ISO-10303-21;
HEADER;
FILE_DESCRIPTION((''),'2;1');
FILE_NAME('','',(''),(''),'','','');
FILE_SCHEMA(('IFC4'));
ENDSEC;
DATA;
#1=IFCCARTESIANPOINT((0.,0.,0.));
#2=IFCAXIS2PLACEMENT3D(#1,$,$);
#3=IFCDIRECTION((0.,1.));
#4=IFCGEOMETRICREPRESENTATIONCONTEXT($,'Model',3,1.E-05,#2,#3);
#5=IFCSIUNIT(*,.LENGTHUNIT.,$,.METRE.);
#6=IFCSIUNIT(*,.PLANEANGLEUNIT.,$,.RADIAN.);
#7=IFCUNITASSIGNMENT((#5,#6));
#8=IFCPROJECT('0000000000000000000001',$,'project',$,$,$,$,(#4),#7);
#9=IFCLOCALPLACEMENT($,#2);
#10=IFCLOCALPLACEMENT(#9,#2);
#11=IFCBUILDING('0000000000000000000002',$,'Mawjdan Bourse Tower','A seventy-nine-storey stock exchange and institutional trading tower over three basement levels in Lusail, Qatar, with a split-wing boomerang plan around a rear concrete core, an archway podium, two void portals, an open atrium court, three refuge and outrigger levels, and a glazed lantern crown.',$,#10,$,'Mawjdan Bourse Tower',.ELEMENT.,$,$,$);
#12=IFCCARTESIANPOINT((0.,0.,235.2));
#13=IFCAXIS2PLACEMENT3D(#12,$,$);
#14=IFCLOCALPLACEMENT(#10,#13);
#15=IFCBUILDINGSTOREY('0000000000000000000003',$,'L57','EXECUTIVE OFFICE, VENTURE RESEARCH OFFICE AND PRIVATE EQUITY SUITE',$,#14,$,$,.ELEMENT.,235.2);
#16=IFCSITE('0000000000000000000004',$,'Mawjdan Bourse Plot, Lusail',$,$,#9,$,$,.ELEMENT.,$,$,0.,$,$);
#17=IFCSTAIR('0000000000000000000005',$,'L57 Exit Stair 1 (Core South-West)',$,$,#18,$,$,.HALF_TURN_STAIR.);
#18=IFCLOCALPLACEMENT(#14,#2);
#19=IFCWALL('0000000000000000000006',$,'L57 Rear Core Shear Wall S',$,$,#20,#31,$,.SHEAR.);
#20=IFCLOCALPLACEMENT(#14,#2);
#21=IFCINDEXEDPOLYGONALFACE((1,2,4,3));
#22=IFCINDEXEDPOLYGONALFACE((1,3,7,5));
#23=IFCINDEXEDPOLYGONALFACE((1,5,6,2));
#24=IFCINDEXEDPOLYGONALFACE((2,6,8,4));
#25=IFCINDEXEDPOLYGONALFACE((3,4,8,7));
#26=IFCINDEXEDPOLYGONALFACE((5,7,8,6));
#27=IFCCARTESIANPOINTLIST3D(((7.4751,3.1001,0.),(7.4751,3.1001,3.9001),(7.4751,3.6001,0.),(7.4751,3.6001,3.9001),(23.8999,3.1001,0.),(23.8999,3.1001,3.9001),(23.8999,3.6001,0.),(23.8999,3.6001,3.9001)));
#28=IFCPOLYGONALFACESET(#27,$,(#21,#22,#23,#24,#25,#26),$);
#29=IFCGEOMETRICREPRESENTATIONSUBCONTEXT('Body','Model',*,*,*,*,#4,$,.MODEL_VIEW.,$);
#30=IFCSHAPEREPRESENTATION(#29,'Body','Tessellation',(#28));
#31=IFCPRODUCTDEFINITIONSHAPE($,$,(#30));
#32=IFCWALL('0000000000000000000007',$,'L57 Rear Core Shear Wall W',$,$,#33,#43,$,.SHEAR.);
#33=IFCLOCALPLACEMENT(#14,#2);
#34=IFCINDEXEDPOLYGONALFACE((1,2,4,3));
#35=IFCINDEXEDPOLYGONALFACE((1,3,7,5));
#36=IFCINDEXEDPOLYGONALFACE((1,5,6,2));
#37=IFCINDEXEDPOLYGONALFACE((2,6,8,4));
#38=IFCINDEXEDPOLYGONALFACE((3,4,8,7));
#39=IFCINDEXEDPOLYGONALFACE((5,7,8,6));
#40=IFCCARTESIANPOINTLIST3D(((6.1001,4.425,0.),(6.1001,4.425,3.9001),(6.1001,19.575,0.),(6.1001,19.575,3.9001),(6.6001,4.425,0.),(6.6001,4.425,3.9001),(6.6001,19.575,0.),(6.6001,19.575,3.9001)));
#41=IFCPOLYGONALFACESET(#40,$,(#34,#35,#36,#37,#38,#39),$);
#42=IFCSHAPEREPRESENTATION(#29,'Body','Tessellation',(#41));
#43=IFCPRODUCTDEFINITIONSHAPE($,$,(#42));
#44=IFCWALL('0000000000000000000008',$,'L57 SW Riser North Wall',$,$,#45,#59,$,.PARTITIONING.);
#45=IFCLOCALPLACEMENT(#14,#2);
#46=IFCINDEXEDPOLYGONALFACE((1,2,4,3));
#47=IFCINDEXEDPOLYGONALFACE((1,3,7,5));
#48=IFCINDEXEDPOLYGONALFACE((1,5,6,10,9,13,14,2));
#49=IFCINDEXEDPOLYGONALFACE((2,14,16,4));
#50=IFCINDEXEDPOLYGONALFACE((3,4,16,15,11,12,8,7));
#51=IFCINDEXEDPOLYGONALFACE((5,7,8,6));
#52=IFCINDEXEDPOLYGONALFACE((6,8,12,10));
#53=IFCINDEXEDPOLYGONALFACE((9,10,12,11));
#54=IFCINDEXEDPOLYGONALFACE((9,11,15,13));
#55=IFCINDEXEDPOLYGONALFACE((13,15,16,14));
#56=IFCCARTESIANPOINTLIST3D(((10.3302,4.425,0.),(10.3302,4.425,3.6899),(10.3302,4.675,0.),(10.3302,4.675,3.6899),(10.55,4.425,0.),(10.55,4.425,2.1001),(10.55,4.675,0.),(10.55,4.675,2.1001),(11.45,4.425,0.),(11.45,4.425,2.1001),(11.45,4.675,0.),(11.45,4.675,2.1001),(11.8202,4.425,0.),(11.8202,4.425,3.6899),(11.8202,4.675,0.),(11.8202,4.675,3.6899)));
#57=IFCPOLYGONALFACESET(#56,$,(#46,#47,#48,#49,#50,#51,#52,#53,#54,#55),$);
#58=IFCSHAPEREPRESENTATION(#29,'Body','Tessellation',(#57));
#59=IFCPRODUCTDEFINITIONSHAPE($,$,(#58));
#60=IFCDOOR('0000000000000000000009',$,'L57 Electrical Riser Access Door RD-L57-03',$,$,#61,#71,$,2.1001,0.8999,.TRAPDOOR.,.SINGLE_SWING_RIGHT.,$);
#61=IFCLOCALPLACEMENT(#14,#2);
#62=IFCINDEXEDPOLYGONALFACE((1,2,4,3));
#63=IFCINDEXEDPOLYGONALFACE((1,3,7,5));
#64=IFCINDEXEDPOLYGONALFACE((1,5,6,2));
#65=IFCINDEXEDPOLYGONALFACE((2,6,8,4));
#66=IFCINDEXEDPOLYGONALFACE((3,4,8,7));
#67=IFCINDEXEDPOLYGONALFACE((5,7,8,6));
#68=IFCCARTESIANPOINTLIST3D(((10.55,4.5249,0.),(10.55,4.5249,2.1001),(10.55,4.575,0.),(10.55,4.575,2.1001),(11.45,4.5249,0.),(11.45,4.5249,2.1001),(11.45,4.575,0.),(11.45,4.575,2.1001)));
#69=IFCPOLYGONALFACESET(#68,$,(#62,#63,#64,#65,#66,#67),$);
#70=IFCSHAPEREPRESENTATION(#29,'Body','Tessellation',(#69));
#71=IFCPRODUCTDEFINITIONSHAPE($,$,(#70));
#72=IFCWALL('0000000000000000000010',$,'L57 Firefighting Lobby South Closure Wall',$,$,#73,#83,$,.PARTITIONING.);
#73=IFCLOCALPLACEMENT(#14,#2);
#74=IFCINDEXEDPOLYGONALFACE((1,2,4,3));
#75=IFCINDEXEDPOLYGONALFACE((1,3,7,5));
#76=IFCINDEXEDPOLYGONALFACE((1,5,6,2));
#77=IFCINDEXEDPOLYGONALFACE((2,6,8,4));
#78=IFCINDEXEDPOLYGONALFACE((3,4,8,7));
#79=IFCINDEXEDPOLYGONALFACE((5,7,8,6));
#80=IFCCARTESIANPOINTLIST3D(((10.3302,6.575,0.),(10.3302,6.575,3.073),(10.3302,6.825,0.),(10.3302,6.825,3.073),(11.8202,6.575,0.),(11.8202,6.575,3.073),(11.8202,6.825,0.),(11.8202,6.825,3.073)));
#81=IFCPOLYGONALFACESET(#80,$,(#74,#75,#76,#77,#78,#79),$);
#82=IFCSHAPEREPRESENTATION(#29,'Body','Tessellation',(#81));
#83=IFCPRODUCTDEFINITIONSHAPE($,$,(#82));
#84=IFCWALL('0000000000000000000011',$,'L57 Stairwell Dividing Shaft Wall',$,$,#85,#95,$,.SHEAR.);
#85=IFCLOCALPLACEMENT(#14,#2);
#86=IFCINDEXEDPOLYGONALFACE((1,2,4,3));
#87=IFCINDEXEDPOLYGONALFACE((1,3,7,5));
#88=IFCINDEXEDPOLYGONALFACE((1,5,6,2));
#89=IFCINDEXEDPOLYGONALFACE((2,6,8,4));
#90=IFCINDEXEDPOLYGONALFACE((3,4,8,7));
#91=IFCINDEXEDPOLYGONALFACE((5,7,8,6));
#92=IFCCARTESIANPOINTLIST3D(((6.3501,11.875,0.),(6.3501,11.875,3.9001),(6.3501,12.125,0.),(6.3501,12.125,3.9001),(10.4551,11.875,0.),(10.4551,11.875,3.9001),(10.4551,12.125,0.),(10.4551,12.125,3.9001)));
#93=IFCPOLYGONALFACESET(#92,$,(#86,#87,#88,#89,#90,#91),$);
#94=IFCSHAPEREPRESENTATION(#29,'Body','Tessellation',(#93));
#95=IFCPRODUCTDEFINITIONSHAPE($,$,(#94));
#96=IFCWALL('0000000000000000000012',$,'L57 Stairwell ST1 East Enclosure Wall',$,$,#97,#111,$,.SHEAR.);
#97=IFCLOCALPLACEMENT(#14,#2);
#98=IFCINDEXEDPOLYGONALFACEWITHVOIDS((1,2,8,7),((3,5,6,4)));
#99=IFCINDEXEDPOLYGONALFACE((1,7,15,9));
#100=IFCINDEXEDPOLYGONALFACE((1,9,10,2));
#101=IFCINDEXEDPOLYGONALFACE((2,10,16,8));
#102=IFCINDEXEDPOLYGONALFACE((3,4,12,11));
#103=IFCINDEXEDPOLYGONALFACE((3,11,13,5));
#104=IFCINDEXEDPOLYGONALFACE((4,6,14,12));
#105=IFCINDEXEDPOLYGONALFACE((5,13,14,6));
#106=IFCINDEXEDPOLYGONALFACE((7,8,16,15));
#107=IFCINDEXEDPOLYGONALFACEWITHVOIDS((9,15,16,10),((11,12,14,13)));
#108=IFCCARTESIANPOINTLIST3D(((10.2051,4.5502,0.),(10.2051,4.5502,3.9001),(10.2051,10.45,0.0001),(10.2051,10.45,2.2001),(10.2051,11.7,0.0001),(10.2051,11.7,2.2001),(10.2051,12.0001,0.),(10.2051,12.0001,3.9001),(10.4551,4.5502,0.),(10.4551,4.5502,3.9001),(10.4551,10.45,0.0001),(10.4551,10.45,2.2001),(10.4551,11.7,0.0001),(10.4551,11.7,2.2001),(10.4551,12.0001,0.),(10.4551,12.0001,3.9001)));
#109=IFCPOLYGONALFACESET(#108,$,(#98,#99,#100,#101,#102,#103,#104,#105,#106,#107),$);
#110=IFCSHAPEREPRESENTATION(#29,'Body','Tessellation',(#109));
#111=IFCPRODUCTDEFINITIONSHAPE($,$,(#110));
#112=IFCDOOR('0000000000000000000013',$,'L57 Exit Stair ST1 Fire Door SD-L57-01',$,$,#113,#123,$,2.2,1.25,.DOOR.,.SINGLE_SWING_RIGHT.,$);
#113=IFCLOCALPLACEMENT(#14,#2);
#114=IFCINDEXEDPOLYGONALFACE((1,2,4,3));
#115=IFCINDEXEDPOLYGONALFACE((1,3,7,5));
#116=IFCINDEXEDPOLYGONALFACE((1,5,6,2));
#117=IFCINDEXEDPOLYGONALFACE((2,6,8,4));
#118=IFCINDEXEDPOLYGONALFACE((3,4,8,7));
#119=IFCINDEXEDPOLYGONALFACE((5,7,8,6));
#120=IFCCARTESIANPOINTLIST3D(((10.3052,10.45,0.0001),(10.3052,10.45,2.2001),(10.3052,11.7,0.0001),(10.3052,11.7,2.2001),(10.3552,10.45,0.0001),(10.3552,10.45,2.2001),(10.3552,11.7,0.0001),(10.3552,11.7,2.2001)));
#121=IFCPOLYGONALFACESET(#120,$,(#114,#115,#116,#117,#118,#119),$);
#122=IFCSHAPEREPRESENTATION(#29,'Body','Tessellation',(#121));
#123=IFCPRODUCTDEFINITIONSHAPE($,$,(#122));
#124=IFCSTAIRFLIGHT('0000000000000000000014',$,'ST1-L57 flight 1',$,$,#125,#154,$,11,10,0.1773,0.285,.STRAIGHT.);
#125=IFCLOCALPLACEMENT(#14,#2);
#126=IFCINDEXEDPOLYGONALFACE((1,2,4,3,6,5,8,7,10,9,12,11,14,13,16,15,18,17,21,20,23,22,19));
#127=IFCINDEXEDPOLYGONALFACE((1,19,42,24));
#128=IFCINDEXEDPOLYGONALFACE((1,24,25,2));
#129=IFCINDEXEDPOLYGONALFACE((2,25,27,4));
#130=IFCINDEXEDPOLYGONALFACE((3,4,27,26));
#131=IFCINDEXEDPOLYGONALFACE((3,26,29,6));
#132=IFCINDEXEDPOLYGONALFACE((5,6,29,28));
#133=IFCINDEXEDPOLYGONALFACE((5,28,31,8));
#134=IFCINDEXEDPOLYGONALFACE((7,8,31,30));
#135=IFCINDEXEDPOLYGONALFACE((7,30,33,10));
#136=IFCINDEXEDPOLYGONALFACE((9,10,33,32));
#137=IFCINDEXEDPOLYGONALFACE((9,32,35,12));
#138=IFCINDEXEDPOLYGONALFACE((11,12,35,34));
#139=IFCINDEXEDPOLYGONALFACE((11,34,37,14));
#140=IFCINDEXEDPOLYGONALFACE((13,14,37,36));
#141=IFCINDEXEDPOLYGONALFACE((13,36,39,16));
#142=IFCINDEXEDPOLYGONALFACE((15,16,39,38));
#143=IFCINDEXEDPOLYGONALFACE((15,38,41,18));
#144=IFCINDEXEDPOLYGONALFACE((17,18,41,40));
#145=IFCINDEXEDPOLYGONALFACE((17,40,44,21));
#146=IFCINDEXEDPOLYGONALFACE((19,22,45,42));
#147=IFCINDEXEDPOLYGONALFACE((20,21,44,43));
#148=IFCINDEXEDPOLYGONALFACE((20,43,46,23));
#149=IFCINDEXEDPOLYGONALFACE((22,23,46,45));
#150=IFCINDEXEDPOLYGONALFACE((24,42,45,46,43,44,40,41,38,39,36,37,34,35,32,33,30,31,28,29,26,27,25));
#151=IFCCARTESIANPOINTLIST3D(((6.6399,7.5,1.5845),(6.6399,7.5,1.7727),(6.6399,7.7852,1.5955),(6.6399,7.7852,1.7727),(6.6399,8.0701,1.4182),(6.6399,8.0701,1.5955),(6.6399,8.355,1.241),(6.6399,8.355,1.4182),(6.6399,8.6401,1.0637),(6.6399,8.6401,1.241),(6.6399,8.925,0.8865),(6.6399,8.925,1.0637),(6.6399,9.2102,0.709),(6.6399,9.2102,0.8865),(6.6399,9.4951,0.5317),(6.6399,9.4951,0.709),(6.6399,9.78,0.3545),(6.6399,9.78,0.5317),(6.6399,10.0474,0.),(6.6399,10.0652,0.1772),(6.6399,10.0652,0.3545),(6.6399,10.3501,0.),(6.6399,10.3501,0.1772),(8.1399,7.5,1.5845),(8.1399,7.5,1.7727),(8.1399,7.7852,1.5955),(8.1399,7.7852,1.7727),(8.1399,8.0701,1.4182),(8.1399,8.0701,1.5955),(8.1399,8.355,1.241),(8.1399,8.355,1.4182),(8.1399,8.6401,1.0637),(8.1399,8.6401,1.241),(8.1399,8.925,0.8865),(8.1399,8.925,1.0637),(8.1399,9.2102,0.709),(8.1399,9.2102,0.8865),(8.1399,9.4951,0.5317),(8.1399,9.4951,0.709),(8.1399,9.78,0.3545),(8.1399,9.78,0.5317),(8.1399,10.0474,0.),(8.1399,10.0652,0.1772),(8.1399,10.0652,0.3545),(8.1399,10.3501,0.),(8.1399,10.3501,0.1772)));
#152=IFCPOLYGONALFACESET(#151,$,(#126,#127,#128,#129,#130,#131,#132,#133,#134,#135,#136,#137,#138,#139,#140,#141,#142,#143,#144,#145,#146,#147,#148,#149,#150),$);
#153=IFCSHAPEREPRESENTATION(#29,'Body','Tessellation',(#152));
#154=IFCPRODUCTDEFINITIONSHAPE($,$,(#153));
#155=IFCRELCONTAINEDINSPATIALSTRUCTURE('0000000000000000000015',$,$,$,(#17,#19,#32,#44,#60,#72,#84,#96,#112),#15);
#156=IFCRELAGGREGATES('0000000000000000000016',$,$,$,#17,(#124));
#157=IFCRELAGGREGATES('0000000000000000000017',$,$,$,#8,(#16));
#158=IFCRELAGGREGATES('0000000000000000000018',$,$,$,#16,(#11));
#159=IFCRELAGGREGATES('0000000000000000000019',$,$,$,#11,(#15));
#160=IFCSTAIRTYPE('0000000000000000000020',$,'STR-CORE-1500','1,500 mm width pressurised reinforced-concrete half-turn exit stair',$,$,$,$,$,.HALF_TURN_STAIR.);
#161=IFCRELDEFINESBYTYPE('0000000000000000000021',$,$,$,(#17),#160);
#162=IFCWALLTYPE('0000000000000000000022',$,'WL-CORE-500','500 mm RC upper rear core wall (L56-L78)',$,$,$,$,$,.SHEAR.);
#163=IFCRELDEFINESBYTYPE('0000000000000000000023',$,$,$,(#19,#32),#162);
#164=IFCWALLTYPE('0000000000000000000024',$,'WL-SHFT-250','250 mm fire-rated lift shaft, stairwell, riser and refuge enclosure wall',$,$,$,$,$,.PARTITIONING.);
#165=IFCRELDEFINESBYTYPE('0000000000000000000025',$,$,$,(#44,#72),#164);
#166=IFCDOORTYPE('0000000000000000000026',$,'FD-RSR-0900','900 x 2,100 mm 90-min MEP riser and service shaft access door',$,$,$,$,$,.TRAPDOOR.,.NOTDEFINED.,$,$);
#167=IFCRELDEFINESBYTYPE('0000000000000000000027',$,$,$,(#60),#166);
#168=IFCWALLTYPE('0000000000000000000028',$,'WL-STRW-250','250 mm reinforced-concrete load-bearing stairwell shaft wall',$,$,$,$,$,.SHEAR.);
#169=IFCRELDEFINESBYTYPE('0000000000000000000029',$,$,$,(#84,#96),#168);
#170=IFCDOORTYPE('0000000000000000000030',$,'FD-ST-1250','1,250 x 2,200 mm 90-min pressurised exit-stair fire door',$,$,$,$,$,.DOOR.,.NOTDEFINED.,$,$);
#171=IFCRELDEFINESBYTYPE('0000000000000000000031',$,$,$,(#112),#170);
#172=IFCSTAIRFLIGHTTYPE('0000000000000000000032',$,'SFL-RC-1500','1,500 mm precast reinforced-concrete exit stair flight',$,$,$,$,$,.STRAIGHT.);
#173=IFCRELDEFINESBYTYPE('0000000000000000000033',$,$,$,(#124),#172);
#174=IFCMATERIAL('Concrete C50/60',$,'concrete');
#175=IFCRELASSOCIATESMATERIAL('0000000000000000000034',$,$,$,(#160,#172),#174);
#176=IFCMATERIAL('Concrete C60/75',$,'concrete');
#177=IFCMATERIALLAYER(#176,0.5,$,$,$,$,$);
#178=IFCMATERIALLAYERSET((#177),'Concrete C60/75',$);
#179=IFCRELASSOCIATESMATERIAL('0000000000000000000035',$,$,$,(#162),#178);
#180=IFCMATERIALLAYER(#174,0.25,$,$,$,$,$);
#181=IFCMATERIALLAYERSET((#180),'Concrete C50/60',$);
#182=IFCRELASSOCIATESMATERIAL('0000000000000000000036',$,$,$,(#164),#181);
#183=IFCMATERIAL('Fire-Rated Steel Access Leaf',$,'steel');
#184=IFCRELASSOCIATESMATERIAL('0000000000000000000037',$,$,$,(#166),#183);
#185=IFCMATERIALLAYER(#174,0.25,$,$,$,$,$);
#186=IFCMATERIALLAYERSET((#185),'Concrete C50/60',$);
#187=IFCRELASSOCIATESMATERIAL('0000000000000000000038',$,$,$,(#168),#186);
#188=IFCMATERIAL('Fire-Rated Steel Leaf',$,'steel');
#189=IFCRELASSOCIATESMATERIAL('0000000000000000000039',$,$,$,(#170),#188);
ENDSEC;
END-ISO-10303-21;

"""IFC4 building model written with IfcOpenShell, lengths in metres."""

from ifc_helpers import new_model, si_unit, direction, frame, frame_2d, origin, place, context, subcontext, project, spatial, polyline, rectangle, outline, extrude, material, layer, layer_set, type_object, element, fill, aggregate, save


model = new_model("IFC4")

# Units and contexts
model_context = context("Model", 3, precision=1e-05, world=origin(), true_north=direction((0.0, 1.0)))
body_context = subcontext(model_context, "Body", "Model", "MODEL_VIEW")
ifc_project = project(units=[si_unit("LENGTHUNIT", "METRE"), si_unit("PLANEANGLEUNIT", "RADIAN")], contexts=[model_context])

# Site, building, storey
site_placement = place(None, origin())
site = spatial("IfcSite", under=ifc_project, at=site_placement, Name="Mawjdan Bourse Plot, Lusail", CompositionType="ELEMENT", RefElevation=0.0)
building_placement = place(site_placement, origin())
building = spatial("IfcBuilding", under=site, at=building_placement, Name="Mawjdan Bourse Tower", Description="A seventy-nine-storey stock exchange and institutional trading tower over three basement levels in Lusail, Qatar, with a split-wing boomerang plan around a rear concrete core, an archway podium, two void portals, an open atrium court, three refuge and outrigger levels, and a glazed lantern crown.", LongName="Mawjdan Bourse Tower", CompositionType="ELEMENT")
storey_placement = place(building_placement, frame((0.0, 0.0, 235.2)))
storey = spatial("IfcBuildingStorey", under=building, at=storey_placement, Name="L57", Description="EXECUTIVE OFFICE, VENTURE RESEARCH OFFICE AND PRIVATE EQUITY SUITE", CompositionType="ELEMENT", Elevation=235.2)

# Stair
ifc_material_1 = material(Name="Concrete C50/60", Category="concrete")
stair_type = type_object("IfcStairType", Name="STR-CORE-1500", Description="1,500 mm width pressurised reinforced-concrete half-turn exit stair", PredefinedType="HALF_TURN_STAIR", material=ifc_material_1)
stair_1_placement = place(storey_placement, origin())
stair_1 = element("IfcStair", 1, at=stair_1_placement, inside=storey, type_object=stair_type, Name="L57 Exit Stair 1 (Core South-West)", PredefinedType="HALF_TURN_STAIR")

# Walls
ifc_material_2 = material(Name="Concrete C60/75", Category="concrete")
ifc_layer_1 = layer(ifc_material_2, 0.5)
ifc_layer_set_1 = layer_set([ifc_layer_1], Name="Concrete C60/75")
wall_type_1 = type_object("IfcWallType", Name="WL-CORE-500", Description="500 mm RC upper rear core wall (L56-L78)", PredefinedType="SHEAR", material=ifc_layer_set_1)
wall_1_placement = place(storey_placement, frame((7.4751, 3.3501, 0.0), z_axis=(0.0, 0.0, 1.0), x_axis=(1.0, 0.0, 0.0)))
element("IfcWall", 2, at=wall_1_placement, inside=storey, type_object=wall_type_1, Name="L57 Rear Core Shear Wall S", PredefinedType="SHEAR", context=body_context, shape_type="SweptSolid", body=[
    extrude(rectangle(XDim=16.4248, YDim=0.5, at=frame_2d((8.2124, 0.0))), origin(), (0.0, 0.0, 1.0), 3.9001),
])
wall_2_placement = place(storey_placement, frame((6.3501, 4.425, 0.0), z_axis=(0.0, 0.0, 1.0), x_axis=(0.0, 1.0, 0.0)))
element("IfcWall", 3, at=wall_2_placement, inside=storey, type_object=wall_type_1, Name="L57 Rear Core Shear Wall W", PredefinedType="SHEAR", context=body_context, shape_type="SweptSolid", body=[
    extrude(rectangle(XDim=15.1499, YDim=0.5, at=frame_2d((7.575, 0.0))), origin(), (0.0, 0.0, 1.0), 3.9001),
])

# Wall, opening, door
ifc_layer_2 = layer(ifc_material_1, 0.25)
ifc_layer_set_2 = layer_set([ifc_layer_2], Name="Concrete C50/60")
wall_type_2 = type_object("IfcWallType", Name="WL-SHFT-250", Description="250 mm fire-rated lift shaft, stairwell, riser and refuge enclosure wall", PredefinedType="PARTITIONING", material=ifc_layer_set_2)
wall_3_placement = place(storey_placement, frame((10.3301, 4.55, 0.0), z_axis=(0.0, 0.0, 1.0), x_axis=(1.0, 0.0, 0.0)))
wall_3 = element("IfcWall", 4, at=wall_3_placement, inside=storey, type_object=wall_type_2, Name="L57 SW Riser North Wall", PredefinedType="PARTITIONING", context=body_context, shape_type="SweptSolid", body=[
    extrude(rectangle(XDim=1.49, YDim=0.25, at=frame_2d((0.7451, 0.0))), origin(), (0.0, 0.0, 1.0), 3.6899),
])
opening_1_placement = place(wall_3_placement, frame((0.22, 0.0, 0.0)))
opening_1 = element("IfcOpeningElement", 5, at=opening_1_placement, cuts=wall_3, PredefinedType="OPENING", context=body_context, shape_type="SweptSolid", body=[
    extrude(rectangle(XDim=0.8999, YDim=2.1001, at=frame_2d((0.45, 1.05))), frame((0.0, 0.135, 0.0), z_axis=(0.0, -1.0, 0.0), x_axis=(1.0, 0.0, 0.0)), (0.0, 0.0, 1.0), 0.27),
])
ifc_material_3 = material(Name="Fire-Rated Steel Access Leaf", Category="steel")
door_type_1 = type_object("IfcDoorType", Name="FD-RSR-0900", Description="900 x 2,100 mm 90-min MEP riser and service shaft access door", OperationType="NOTDEFINED", PredefinedType="TRAPDOOR", material=ifc_material_3)
door_1_placement = place(opening_1_placement, origin())
door_1 = element("IfcDoor", 6, at=door_1_placement, inside=storey, type_object=door_type_1, Name="L57 Electrical Riser Access Door RD-L57-03", OperationType="SINGLE_SWING_RIGHT", OverallHeight=2.1001, OverallWidth=0.8999, PredefinedType="TRAPDOOR", context=body_context, shape_type="SweptSolid", body=[
    extrude(rectangle(XDim=0.8999, YDim=2.1001, at=frame_2d((0.45, 1.05))), frame((0.0, 0.0249, 0.0), z_axis=(0.0, -1.0, 0.0), x_axis=(1.0, 0.0, 0.0)), (0.0, 0.0, 1.0), 0.05),
])
fill(opening_1, door_1)

# Walls
wall_4_placement = place(storey_placement, frame((10.3301, 6.7, 0.0), z_axis=(0.0, 0.0, 1.0), x_axis=(1.0, 0.0, 0.0)))
element("IfcWall", 7, at=wall_4_placement, inside=storey, type_object=wall_type_2, Name="L57 Firefighting Lobby South Closure Wall", PredefinedType="PARTITIONING", context=body_context, shape_type="SweptSolid", body=[
    extrude(rectangle(XDim=1.49, YDim=0.25, at=frame_2d((0.7451, 0.0))), origin(), (0.0, 0.0, 1.0), 3.073),
])
ifc_layer_3 = layer(ifc_material_1, 0.25)
ifc_layer_set_3 = layer_set([ifc_layer_3], Name="Concrete C50/60")
wall_type_3 = type_object("IfcWallType", Name="WL-STRW-250", Description="250 mm reinforced-concrete load-bearing stairwell shaft wall", PredefinedType="SHEAR", material=ifc_layer_set_3)
wall_5_placement = place(storey_placement, frame((6.3501, 12.0, 0.0), z_axis=(0.0, 0.0, 1.0), x_axis=(1.0, 0.0, 0.0)))
element("IfcWall", 8, at=wall_5_placement, inside=storey, type_object=wall_type_3, Name="L57 Stairwell Dividing Shaft Wall", PredefinedType="SHEAR", context=body_context, shape_type="SweptSolid", body=[
    extrude(rectangle(XDim=4.105, YDim=0.25, at=frame_2d((2.0525, 0.0))), origin(), (0.0, 0.0, 1.0), 3.9001),
])

# Wall, opening, door
wall_6_placement = place(storey_placement, frame((10.3301, 4.55, 0.0), z_axis=(0.0, 0.0, 1.0), x_axis=(0.0, 1.0, 0.0)))
wall_6 = element("IfcWall", 9, at=wall_6_placement, inside=storey, type_object=wall_type_3, Name="L57 Stairwell ST1 East Enclosure Wall", PredefinedType="SHEAR", context=body_context, shape_type="SweptSolid", body=[
    extrude(rectangle(XDim=7.45, YDim=0.25, at=frame_2d((3.7251, 0.0))), origin(), (0.0, 0.0, 1.0), 3.9001),
])
opening_2_placement = place(wall_6_placement, frame((5.8999, 0.0, 0.0)))
opening_2 = element("IfcOpeningElement", 10, at=opening_2_placement, cuts=wall_6, PredefinedType="OPENING", context=body_context, shape_type="SweptSolid", body=[
    extrude(rectangle(XDim=1.25, YDim=2.2, at=frame_2d((0.625, 1.1001))), frame((0.0, 0.135, 0.0), z_axis=(0.0, -1.0, 0.0), x_axis=(1.0, 0.0, 0.0)), (0.0, 0.0, 1.0), 0.27),
])
ifc_material_4 = material(Name="Fire-Rated Steel Leaf", Category="steel")
door_type_2 = type_object("IfcDoorType", Name="FD-ST-1250", Description="1,250 x 2,200 mm 90-min pressurised exit-stair fire door", OperationType="NOTDEFINED", PredefinedType="DOOR", material=ifc_material_4)
door_2_placement = place(opening_2_placement, origin())
door_2 = element("IfcDoor", 11, at=door_2_placement, inside=storey, type_object=door_type_2, Name="L57 Exit Stair ST1 Fire Door SD-L57-01", OperationType="SINGLE_SWING_RIGHT", OverallHeight=2.2, OverallWidth=1.25, PredefinedType="DOOR", context=body_context, shape_type="SweptSolid", body=[
    extrude(rectangle(XDim=1.25, YDim=2.2, at=frame_2d((0.625, 1.1001))), frame((0.0, 0.0249, 0.0), z_axis=(0.0, -1.0, 0.0), x_axis=(1.0, 0.0, 0.0)), (0.0, 0.0, 1.0), 0.05),
])
fill(opening_2, door_2)

# Stair flight
stair_flight_type = type_object("IfcStairFlightType", Name="SFL-RC-1500", Description="1,500 mm precast reinforced-concrete exit stair flight", PredefinedType="STRAIGHT", material=ifc_material_1)
stair_flight_1_placement = place(storey_placement, frame((7.3899, 10.3501, 0.0), z_axis=(0.0, 0.0, 1.0), x_axis=(0.0, -1.0, 0.0)))
stair_flight_1 = element("IfcStairFlight", 12, at=stair_flight_1_placement, type_object=stair_flight_type, Name="ST1-L57 flight 1", NumberOfRisers=11, NumberOfTreads=10, PredefinedType="STRAIGHT", RiserHeight=0.1773, TreadLength=0.285, context=body_context, shape_type="SweptSolid", body=[
    extrude(outline(polyline([(0.0, 0.0), (0.0, 0.1772), (0.2849, 0.1772), (0.2849, 0.3545), (0.5701, 0.3545), (0.5701, 0.5317), (0.855, 0.5317), (0.855, 0.709), (1.1399, 0.709), (1.1399, 0.8865), (1.425, 0.8865), (1.425, 1.0637), (1.71, 1.0637), (1.71, 1.241), (1.9951, 1.241), (1.9951, 1.4182), (2.28, 1.4182), (2.28, 1.5955), (2.5649, 1.5955), (2.5649, 1.7727), (2.8501, 1.7727), (2.8501, 1.95), (2.8501, 1.5845), (0.3027, 0.0), (0.0, 0.0)])), frame((0.0, 0.75, 0.0), z_axis=(0.0, -1.0, 0.0), x_axis=(1.0, 0.0, 0.0)), (0.0, 0.0, 1.0), 1.5),
])
aggregate(stair_1, [stair_flight_1])

save(model, "model.ifc")
